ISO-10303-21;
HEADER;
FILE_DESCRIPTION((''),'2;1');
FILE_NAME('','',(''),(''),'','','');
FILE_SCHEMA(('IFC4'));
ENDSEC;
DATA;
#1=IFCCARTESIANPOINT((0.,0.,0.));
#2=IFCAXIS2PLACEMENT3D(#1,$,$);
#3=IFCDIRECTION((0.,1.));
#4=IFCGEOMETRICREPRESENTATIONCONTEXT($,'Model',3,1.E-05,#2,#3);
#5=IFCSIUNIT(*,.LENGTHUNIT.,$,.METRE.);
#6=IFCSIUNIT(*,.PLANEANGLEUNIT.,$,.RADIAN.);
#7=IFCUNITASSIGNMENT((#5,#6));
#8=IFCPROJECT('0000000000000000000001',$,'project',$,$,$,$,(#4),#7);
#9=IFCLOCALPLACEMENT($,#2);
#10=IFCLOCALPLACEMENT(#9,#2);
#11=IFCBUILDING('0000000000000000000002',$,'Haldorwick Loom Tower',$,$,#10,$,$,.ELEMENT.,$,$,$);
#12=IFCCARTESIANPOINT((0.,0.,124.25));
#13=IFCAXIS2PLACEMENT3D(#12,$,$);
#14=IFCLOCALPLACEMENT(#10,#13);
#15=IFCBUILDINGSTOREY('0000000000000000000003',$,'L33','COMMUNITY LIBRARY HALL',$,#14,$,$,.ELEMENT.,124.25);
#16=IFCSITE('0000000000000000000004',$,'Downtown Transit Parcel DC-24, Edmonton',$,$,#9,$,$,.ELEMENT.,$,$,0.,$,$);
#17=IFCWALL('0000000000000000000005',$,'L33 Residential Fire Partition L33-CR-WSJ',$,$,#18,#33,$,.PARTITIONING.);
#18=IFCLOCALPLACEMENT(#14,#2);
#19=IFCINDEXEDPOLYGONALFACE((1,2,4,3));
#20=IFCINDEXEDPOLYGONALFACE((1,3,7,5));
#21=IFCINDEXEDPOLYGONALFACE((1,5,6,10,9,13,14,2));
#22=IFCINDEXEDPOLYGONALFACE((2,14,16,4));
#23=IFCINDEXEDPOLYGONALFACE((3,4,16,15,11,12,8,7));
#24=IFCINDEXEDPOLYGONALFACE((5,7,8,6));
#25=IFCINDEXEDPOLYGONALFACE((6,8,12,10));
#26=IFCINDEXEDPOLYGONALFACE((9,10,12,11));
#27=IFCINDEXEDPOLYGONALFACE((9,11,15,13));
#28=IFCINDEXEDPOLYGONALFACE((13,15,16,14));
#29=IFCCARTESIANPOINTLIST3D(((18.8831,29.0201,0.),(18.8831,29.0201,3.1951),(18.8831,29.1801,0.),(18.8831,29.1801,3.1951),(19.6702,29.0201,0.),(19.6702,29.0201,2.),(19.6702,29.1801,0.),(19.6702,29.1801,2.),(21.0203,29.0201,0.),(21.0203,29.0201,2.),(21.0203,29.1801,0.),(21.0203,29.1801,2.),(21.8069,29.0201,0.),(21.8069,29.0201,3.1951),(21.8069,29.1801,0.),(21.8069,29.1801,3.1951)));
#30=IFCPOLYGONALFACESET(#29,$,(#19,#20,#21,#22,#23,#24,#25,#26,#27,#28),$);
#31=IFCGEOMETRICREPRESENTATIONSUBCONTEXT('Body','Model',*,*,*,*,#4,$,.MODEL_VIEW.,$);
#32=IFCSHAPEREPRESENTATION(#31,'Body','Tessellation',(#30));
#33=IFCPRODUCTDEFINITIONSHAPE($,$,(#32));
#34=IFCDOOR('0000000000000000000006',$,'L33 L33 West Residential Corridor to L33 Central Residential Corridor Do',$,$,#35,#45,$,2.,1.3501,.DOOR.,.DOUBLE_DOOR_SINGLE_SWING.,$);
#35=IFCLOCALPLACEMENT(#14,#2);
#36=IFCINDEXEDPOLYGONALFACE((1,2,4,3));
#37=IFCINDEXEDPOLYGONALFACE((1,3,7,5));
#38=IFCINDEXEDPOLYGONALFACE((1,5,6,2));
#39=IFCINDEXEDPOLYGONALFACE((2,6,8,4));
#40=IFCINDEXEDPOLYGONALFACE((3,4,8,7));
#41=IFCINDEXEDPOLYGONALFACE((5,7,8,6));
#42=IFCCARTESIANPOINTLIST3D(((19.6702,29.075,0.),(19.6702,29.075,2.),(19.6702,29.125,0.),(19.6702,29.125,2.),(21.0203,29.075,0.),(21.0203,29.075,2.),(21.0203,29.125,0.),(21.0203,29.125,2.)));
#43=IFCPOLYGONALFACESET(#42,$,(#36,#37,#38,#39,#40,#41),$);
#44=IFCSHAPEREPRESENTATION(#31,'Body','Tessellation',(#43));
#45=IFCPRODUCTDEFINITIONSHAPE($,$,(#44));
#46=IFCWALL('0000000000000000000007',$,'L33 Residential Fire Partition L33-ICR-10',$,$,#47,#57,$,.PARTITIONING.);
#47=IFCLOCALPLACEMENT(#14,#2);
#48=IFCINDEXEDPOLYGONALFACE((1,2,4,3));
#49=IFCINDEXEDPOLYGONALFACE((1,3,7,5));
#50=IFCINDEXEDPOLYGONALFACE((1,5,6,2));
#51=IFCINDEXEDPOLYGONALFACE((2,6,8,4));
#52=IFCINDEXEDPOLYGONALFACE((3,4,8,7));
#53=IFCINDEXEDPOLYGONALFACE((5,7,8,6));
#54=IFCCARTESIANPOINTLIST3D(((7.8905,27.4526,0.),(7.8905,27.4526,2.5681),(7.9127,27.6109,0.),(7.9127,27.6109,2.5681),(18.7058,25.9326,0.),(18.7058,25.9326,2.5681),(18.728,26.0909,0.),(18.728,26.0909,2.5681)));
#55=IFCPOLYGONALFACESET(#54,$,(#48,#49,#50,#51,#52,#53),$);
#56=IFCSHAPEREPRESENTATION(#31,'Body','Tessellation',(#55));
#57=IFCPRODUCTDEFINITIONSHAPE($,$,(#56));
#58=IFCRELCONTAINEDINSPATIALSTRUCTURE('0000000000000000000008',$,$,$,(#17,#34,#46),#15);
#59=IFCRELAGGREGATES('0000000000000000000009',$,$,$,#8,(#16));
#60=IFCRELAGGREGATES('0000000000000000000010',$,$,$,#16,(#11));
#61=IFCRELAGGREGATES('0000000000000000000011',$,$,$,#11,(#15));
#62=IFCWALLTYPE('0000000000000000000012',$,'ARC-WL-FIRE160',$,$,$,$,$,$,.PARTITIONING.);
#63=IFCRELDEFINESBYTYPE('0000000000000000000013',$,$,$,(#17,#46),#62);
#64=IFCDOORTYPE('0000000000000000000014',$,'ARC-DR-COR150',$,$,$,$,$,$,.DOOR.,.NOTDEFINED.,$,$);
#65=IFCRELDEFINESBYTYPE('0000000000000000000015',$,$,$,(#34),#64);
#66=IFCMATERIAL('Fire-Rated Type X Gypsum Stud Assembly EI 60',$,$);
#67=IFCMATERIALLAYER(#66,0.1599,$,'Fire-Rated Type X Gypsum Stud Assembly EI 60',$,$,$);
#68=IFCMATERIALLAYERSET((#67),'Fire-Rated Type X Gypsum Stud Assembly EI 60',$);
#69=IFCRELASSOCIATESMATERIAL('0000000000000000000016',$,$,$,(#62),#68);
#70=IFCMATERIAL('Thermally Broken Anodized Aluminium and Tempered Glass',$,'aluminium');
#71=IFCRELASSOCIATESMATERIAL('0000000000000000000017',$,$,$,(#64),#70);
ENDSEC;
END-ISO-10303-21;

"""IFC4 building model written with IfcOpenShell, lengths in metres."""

from ifc_helpers import new_model, si_unit, direction, frame, frame_2d, origin, place, context, subcontext, project, spatial, rectangle, extrude, material, layer, layer_set, type_object, element, fill, save


model = new_model("IFC4")

# Units and contexts
model_context = context("Model", 3, precision=1e-05, world=origin(), true_north=direction((0.0, 1.0)))
body_context = subcontext(model_context, "Body", "Model", "MODEL_VIEW")
ifc_project = project(units=[si_unit("LENGTHUNIT", "METRE"), si_unit("PLANEANGLEUNIT", "RADIAN")], contexts=[model_context])

# Site, building, storey
site_placement = place(None, origin())
site = spatial("IfcSite", under=ifc_project, at=site_placement, Name="Downtown Transit Parcel DC-24, Edmonton", CompositionType="ELEMENT", RefElevation=0.0)
building_placement = place(site_placement, origin())
building = spatial("IfcBuilding", under=site, at=building_placement, Name="Haldorwick Loom Tower", CompositionType="ELEMENT")
storey_placement = place(building_placement, frame((0.0, 0.0, 124.25)))
storey = spatial("IfcBuildingStorey", under=building, at=storey_placement, Name="L33", Description="COMMUNITY LIBRARY HALL", CompositionType="ELEMENT", Elevation=124.25)

# Shared definitions
ifc_material_1 = material(Name="Fire-Rated Type X Gypsum Stud Assembly EI 60")
ifc_layer_1 = layer(ifc_material_1, 0.1599, Name="Fire-Rated Type X Gypsum Stud Assembly EI 60")
ifc_layer_set_1 = layer_set([ifc_layer_1], Name="Fire-Rated Type X Gypsum Stud Assembly EI 60")
wall_type_1 = type_object("IfcWallType", Name="ARC-WL-FIRE160", PredefinedType="PARTITIONING", material=ifc_layer_set_1)

# Wall, opening, door
wall_1_placement = place(storey_placement, frame((18.8831, 29.1001, 0.0), z_axis=(0.0, 0.0, 1.0), x_axis=(1.0, 0.0, 0.0)))
wall_1 = element("IfcWall", 1, at=wall_1_placement, inside=storey, type_object=wall_type_1, Name="L33 Residential Fire Partition L33-CR-WSJ", PredefinedType="PARTITIONING", context=body_context, shape_type="SweptSolid", body=[
    extrude(rectangle(XDim=2.9238, YDim=0.1599, at=frame_2d((1.4619, 0.0))), origin(), (0.0, 0.0, 1.0), 3.1951),
])
opening_1_placement = place(wall_1_placement, frame((0.7871, 0.0, 0.0)))
opening_1 = element("IfcOpeningElement", 2, at=opening_1_placement, cuts=wall_1, PredefinedType="OPENING", context=body_context, shape_type="SweptSolid", body=[
    extrude(rectangle(XDim=1.3501, YDim=2.0, at=frame_2d((0.675, 1.0))), frame((0.0, 0.0898, 0.0), z_axis=(0.0, -1.0, 0.0), x_axis=(1.0, 0.0, 0.0)), (0.0, 0.0, 1.0), 0.1799),
])
ifc_material_2 = material(Name="Thermally Broken Anodized Aluminium and Tempered Glass", Category="aluminium")
door_type_1 = type_object("IfcDoorType", Name="ARC-DR-COR150", OperationType="NOTDEFINED", PredefinedType="DOOR", material=ifc_material_2)
door_1_placement = place(opening_1_placement, origin())
door_1 = element("IfcDoor", 3, at=door_1_placement, inside=storey, type_object=door_type_1, Name="L33 L33 West Residential Corridor to L33 Central Residential Corridor Do", OperationType="DOUBLE_DOOR_SINGLE_SWING", OverallHeight=2.0, OverallWidth=1.3501, PredefinedType="DOOR", context=body_context, shape_type="SweptSolid", body=[
    extrude(rectangle(XDim=1.3501, YDim=2.0, at=frame_2d((0.675, 1.0))), frame((0.0, 0.0249, 0.0), z_axis=(0.0, -1.0, 0.0), x_axis=(1.0, 0.0, 0.0)), (0.0, 0.0, 1.0), 0.05),
])
fill(opening_1, door_1)

# Wall
wall_2_placement = place(storey_placement, frame((18.717, 26.0117, 0.0), z_axis=(0.0, 0.0, 1.0), x_axis=(-0.990268, 0.139174, 0.0)))
element("IfcWall", 4, at=wall_2_placement, inside=storey, type_object=wall_type_1, Name="L33 Residential Fire Partition L33-ICR-10", PredefinedType="PARTITIONING", context=body_context, shape_type="SweptSolid", body=[
    extrude(rectangle(XDim=10.9216, YDim=0.1599, at=frame_2d((5.4609, 0.0))), origin(), (0.0, 0.0, 1.0), 2.5681),
])

save(model, "model.ifc")
